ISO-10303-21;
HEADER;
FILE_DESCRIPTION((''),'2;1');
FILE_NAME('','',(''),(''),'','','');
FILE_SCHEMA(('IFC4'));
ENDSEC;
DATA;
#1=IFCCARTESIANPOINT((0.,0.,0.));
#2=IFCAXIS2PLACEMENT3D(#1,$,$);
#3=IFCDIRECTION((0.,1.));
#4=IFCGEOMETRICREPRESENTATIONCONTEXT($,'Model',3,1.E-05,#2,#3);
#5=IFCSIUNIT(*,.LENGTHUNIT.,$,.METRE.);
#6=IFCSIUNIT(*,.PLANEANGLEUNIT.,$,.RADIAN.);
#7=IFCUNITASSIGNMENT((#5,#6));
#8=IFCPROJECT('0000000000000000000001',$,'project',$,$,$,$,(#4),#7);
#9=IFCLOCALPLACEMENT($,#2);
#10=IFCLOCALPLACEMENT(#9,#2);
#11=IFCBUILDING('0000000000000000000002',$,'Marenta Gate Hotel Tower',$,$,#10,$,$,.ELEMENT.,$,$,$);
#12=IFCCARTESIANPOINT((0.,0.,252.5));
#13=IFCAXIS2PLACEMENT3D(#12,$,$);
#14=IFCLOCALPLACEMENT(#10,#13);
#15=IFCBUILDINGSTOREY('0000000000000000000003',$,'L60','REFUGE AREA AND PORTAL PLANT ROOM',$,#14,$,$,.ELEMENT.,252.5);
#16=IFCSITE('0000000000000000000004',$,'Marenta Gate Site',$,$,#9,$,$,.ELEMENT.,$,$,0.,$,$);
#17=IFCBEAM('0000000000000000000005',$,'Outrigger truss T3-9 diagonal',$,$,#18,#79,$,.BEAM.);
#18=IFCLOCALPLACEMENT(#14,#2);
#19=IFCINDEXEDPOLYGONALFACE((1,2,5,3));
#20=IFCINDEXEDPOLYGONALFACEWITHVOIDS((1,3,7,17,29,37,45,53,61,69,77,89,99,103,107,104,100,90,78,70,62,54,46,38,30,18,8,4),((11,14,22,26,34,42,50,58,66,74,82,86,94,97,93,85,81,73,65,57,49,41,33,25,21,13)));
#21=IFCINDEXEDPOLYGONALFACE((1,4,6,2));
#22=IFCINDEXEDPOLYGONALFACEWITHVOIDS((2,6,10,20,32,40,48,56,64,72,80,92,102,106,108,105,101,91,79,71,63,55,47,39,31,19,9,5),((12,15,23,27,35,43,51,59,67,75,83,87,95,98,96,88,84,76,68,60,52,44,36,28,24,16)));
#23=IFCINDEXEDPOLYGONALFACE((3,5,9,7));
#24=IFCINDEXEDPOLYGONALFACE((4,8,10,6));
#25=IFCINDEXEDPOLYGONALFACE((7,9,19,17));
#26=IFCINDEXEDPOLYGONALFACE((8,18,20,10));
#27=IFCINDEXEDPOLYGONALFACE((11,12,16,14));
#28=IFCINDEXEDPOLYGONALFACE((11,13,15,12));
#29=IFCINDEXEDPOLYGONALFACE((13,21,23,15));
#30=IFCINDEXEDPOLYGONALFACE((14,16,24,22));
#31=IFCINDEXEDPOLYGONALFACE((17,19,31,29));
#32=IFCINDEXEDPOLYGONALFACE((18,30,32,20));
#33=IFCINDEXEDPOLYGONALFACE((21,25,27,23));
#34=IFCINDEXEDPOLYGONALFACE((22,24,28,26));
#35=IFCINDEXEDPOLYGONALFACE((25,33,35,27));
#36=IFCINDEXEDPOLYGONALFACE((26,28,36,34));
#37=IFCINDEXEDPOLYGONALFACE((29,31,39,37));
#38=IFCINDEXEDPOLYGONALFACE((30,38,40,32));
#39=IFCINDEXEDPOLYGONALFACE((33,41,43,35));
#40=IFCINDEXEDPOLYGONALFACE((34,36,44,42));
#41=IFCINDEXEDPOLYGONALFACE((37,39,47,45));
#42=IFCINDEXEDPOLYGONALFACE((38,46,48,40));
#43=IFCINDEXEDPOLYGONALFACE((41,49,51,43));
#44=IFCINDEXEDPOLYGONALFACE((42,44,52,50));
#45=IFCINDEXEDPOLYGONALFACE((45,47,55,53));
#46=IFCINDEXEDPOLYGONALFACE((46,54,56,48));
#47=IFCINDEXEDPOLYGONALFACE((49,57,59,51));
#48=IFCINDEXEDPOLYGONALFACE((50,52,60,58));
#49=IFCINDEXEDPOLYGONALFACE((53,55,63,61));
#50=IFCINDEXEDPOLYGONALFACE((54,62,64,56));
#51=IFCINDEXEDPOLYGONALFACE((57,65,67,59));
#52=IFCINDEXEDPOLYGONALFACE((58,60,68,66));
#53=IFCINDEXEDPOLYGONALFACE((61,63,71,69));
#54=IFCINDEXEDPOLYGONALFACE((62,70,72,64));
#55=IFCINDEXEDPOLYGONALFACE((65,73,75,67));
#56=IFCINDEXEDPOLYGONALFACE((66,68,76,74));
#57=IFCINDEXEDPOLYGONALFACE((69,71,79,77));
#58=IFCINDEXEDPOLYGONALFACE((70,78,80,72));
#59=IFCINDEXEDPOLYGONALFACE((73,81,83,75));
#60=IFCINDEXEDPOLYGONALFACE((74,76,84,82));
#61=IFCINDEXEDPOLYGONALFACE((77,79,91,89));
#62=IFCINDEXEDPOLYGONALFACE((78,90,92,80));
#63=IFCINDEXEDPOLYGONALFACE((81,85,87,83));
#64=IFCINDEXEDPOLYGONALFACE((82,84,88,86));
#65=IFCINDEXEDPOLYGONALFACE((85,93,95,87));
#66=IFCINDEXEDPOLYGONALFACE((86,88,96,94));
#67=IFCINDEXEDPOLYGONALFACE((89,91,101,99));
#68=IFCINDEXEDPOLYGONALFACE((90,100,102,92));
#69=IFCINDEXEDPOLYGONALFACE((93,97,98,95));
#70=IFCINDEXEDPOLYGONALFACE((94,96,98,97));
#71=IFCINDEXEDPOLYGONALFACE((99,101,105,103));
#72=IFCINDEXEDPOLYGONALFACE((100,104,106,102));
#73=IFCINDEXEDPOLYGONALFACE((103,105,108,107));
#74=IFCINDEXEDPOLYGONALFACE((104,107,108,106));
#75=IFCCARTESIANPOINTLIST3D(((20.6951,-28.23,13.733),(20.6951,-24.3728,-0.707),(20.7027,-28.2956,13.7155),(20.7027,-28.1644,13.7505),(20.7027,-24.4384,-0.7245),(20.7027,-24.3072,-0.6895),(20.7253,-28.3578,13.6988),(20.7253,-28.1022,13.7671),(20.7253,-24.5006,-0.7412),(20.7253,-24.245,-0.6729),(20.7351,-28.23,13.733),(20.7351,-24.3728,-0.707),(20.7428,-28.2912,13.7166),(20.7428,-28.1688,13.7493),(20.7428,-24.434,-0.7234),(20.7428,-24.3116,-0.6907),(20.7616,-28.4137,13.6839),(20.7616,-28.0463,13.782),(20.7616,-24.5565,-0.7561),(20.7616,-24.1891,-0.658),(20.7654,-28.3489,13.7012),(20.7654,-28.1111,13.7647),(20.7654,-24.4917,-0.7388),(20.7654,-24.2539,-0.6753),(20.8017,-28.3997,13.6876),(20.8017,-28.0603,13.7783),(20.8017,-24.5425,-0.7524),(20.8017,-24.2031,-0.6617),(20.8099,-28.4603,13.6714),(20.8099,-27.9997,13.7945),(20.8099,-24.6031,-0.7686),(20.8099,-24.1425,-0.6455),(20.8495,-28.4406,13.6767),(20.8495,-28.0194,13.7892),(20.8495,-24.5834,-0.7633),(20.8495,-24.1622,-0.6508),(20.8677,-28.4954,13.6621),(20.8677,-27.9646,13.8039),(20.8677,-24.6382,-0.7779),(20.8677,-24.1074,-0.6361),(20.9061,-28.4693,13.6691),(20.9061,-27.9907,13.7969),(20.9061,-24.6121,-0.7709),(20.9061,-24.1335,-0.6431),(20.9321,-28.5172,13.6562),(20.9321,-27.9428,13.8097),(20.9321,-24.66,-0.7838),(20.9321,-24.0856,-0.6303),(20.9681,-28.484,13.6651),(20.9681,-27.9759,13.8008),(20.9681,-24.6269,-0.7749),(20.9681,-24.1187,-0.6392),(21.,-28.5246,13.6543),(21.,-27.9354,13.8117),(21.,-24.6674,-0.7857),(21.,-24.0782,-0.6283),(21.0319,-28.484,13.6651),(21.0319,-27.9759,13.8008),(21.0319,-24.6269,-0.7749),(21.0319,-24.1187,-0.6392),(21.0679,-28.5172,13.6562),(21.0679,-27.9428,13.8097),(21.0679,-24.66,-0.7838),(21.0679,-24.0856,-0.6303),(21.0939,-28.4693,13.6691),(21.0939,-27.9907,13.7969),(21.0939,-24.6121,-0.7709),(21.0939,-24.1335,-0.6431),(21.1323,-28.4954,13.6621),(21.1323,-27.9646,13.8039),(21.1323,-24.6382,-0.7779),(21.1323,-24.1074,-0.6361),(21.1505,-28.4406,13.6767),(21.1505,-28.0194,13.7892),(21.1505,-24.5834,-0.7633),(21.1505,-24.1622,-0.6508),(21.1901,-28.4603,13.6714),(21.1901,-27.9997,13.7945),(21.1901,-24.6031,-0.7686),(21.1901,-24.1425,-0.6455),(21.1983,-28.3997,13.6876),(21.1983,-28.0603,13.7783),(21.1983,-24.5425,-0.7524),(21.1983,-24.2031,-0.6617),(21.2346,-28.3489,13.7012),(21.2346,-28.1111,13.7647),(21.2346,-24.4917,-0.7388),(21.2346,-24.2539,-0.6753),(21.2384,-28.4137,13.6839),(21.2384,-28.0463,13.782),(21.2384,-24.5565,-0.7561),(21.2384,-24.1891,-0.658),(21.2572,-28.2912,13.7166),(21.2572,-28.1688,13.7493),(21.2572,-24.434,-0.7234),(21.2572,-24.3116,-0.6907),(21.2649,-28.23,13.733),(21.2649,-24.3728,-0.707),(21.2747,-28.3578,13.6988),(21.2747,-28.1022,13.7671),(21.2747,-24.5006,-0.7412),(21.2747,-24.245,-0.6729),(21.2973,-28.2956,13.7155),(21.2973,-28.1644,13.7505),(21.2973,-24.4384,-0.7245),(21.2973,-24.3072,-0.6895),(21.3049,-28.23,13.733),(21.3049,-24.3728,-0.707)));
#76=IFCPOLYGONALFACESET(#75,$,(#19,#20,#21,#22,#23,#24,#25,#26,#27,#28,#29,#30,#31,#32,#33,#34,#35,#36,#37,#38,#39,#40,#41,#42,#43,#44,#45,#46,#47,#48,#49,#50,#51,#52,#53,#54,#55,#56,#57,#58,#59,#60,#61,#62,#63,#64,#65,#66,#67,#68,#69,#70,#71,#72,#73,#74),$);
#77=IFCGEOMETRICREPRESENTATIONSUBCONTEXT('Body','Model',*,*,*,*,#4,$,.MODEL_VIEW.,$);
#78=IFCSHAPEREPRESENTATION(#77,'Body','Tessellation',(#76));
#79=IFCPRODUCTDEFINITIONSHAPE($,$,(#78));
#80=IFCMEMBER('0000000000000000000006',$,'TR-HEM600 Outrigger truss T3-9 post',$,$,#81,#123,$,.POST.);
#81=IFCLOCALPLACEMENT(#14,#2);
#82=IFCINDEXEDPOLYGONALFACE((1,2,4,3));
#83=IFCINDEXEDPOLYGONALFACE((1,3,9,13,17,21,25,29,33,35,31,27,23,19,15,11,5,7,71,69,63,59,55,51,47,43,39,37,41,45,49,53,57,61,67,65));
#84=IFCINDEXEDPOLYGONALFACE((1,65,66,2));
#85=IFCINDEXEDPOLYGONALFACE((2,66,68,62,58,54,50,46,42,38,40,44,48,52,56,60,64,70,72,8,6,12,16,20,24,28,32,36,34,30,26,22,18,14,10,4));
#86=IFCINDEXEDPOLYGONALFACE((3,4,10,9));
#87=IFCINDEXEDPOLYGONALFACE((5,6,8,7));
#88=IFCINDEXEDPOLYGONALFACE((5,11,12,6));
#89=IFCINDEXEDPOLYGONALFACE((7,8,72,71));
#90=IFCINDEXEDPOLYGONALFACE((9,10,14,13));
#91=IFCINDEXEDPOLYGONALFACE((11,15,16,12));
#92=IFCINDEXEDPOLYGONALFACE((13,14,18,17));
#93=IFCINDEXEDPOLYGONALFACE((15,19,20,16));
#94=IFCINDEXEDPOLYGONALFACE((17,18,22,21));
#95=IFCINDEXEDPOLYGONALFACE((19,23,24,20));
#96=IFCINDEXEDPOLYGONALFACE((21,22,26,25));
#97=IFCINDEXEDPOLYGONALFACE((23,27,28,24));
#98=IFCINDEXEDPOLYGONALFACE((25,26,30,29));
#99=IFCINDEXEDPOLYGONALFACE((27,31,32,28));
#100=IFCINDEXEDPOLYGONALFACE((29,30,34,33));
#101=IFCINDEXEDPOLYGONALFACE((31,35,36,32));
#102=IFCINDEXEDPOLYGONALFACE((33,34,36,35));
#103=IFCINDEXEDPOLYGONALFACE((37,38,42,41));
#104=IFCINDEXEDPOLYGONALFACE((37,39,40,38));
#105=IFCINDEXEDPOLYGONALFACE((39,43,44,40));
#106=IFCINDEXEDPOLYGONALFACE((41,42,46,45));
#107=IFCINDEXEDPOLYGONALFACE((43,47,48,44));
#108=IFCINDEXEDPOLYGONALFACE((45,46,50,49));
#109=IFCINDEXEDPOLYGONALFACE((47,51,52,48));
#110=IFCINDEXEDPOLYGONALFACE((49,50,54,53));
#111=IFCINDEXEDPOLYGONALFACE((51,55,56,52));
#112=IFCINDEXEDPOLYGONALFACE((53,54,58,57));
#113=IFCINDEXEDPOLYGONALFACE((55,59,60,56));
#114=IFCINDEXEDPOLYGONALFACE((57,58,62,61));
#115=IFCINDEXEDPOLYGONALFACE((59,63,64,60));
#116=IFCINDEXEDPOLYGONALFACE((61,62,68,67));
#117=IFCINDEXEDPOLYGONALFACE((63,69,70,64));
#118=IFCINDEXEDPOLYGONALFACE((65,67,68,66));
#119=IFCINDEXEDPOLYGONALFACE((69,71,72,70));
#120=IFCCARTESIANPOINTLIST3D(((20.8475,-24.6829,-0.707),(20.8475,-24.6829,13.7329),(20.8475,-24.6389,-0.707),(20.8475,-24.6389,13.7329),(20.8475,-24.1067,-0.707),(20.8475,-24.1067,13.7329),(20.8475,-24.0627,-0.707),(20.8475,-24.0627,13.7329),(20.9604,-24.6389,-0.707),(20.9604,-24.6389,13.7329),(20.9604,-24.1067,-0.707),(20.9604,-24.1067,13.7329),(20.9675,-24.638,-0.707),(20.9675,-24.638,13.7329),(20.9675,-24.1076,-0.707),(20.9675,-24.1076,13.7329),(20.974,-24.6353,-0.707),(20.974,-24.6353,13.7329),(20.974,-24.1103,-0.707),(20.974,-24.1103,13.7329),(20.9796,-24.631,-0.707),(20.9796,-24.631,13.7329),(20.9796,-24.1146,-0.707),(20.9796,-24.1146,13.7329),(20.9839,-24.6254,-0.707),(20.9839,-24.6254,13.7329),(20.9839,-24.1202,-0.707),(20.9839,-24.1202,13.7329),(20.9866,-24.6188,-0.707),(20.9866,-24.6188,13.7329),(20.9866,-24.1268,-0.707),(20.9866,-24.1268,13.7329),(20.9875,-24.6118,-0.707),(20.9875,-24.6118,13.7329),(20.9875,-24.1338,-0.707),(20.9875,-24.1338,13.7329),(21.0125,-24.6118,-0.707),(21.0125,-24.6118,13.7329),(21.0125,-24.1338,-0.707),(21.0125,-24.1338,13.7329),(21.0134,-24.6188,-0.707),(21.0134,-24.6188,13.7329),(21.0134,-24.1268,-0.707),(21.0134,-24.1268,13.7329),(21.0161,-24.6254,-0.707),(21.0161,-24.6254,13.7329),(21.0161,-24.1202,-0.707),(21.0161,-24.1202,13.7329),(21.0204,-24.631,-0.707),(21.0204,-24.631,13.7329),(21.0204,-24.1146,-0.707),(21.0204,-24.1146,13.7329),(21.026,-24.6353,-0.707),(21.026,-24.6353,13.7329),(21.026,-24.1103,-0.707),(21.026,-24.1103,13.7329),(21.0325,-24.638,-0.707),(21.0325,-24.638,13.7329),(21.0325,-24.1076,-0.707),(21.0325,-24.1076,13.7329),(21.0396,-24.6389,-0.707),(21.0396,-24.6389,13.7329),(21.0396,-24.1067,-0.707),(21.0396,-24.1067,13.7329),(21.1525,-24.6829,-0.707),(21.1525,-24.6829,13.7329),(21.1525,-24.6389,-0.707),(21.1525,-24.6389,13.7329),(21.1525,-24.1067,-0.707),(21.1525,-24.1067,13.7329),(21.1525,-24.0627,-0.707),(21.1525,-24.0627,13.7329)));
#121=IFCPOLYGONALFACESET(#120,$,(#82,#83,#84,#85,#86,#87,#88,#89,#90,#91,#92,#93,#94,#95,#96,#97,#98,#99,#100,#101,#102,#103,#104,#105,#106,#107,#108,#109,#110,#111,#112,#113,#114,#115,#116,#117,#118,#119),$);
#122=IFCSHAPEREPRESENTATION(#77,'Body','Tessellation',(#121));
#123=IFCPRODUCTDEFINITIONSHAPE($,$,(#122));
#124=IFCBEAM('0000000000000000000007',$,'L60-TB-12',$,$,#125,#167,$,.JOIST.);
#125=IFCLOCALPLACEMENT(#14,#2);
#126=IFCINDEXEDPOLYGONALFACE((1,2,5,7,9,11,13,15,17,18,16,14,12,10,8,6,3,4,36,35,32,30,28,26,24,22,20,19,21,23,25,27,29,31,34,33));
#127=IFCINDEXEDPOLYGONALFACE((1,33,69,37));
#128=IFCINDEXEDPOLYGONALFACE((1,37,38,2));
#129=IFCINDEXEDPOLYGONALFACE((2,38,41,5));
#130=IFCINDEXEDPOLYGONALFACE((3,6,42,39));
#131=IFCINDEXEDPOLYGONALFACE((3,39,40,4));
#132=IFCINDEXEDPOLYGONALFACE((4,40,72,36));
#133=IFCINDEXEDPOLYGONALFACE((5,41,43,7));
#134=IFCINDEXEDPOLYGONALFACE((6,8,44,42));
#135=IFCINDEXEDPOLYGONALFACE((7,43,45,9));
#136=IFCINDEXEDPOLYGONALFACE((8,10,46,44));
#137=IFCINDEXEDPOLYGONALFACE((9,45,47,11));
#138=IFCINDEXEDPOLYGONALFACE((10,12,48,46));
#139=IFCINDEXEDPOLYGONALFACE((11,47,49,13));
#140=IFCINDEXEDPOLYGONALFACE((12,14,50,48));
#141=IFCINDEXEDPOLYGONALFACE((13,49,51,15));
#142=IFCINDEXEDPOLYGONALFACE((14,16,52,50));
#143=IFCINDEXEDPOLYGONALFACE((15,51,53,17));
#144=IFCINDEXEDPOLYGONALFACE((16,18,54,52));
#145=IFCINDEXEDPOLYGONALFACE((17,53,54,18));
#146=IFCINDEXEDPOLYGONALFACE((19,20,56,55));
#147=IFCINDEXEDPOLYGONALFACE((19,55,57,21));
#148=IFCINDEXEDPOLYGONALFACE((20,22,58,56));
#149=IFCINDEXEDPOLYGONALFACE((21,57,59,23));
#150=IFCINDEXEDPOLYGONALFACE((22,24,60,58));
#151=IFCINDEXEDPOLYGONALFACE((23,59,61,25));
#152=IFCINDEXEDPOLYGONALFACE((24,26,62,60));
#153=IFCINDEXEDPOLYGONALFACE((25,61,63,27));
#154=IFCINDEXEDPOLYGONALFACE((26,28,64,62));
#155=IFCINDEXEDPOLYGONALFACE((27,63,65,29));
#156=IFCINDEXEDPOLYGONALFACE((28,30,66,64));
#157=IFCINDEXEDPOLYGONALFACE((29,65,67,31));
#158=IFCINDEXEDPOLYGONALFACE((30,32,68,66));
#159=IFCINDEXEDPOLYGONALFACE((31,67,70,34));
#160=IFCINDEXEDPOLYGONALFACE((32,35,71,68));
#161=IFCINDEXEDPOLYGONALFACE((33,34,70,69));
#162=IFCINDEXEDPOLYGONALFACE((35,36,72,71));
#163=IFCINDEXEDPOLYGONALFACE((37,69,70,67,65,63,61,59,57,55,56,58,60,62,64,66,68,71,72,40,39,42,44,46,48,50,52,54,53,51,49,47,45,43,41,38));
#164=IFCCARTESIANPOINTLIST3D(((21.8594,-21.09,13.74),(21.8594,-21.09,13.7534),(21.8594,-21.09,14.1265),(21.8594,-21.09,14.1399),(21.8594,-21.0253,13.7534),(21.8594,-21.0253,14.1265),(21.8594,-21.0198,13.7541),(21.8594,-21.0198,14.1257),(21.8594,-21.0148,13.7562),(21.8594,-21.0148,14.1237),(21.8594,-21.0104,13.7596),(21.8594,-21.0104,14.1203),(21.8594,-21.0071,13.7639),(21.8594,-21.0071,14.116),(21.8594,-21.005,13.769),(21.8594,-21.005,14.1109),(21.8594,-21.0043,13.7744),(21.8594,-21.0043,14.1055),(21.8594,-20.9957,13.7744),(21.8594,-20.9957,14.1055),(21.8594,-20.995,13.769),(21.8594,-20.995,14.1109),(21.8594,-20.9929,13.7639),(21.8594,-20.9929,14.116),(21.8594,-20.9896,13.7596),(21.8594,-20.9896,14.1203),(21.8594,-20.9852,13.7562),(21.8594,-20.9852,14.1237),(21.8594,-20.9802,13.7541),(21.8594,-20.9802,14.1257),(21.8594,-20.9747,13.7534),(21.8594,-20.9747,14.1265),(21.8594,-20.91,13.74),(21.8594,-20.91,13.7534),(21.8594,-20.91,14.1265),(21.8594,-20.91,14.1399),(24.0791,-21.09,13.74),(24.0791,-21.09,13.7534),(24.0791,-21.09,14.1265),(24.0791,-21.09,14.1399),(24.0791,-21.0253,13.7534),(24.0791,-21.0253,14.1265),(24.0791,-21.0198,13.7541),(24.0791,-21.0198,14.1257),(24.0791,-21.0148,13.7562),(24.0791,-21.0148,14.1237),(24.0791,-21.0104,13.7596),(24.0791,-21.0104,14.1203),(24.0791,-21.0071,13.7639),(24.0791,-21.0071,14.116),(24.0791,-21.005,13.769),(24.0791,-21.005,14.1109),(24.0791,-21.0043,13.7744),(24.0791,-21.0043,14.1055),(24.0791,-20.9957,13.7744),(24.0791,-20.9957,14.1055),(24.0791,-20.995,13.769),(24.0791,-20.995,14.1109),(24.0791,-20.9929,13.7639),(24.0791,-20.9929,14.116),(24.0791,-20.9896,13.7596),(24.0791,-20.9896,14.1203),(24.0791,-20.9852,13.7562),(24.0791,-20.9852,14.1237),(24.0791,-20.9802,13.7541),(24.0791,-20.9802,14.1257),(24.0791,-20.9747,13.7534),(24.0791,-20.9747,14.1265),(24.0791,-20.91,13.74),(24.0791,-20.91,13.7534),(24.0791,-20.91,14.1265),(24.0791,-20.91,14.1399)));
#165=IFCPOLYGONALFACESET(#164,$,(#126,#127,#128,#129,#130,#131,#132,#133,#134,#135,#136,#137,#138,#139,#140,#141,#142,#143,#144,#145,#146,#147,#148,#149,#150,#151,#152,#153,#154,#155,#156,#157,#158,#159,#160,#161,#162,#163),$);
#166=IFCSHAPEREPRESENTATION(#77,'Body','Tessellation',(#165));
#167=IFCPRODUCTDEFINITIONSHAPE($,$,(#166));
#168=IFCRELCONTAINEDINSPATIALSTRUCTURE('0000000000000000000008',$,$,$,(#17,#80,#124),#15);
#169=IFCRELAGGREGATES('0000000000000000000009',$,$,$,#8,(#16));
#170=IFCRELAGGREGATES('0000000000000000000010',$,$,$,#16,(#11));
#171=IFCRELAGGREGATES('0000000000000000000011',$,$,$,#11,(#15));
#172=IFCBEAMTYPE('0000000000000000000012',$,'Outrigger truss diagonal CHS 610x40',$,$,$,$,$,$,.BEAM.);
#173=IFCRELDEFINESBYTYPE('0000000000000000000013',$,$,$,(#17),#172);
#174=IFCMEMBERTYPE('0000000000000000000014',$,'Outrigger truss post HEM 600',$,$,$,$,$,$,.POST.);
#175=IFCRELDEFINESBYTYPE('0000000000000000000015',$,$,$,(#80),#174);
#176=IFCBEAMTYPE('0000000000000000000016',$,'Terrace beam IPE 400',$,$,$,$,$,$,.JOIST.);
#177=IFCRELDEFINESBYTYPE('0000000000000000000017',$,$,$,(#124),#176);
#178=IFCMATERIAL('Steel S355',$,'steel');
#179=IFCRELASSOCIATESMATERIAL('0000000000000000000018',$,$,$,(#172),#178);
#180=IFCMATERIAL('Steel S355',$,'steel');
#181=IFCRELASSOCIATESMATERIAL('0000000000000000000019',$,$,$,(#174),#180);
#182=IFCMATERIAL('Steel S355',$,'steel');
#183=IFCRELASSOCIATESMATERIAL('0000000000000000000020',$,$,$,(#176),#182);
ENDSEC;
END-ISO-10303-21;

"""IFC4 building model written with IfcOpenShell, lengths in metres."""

from ifc_helpers import new_model, si_unit, direction, frame, origin, origin_2d, place, context, subcontext, project, spatial, hollow_circle, i_section, extrude, material, material_profile, profile_set, type_object, element, save


model = new_model("IFC4")

# Units and contexts
model_context = context("Model", 3, precision=1e-05, world=origin(), true_north=direction((0.0, 1.0)))
body_context = subcontext(model_context, "Body", "Model", "MODEL_VIEW")
ifc_project = project(units=[si_unit("LENGTHUNIT", "METRE"), si_unit("PLANEANGLEUNIT", "RADIAN")], contexts=[model_context])

# Site, building, storey
site_placement = place(None, origin())
site = spatial("IfcSite", under=ifc_project, at=site_placement, Name="Marenta Gate Site", CompositionType="ELEMENT", RefElevation=0.0)
building_placement = place(site_placement, origin())
building = spatial("IfcBuilding", under=site, at=building_placement, Name="Marenta Gate Hotel Tower", CompositionType="ELEMENT")
storey_placement = place(building_placement, frame((0.0, 0.0, 252.5)))
storey = spatial("IfcBuildingStorey", under=building, at=storey_placement, Name="L60", Description="REFUGE AREA AND PORTAL PLANT ROOM", CompositionType="ELEMENT", Elevation=252.5)

# Beam
ifc_material_1 = material(Name="Steel S355", Category="steel")
ifc_material_profile_1 = material_profile(ifc_material_1, hollow_circle(Radius=0.3049, WallThickness=0.04, at=origin_2d()), Name="CHS 610x40")
ifc_profile_set_1 = profile_set([ifc_material_profile_1], Name="Steel S355")
beam_type_1 = type_object("IfcBeamType", Name="Outrigger truss diagonal CHS 610x40", PredefinedType="BEAM", material=ifc_profile_set_1)
beam_1_placement = place(storey_placement, frame((21.0, -24.3728, -0.707), z_axis=(0.0, -0.25807, 0.966126), x_axis=(1.0, 0.0, 0.0)))
element("IfcBeam", 1, at=beam_1_placement, inside=storey, type_object=beam_type_1, Name="Outrigger truss T3-9 diagonal", PredefinedType="BEAM", context=body_context, shape_type="SweptSolid", body=[
    extrude(hollow_circle(Radius=0.3049, WallThickness=0.04, at=origin_2d()), origin(), (0.0, 0.0, 1.0), 14.9463),
])

# Member
ifc_material_2 = material(Name="Steel S355", Category="steel")
ifc_material_profile_2 = material_profile(ifc_material_2, i_section(OverallWidth=0.3049, OverallDepth=0.6201, WebThickness=0.0249, FlangeThickness=0.0439, FilletRadius=0.0271, at=origin_2d()), Name="HEM 600")
ifc_profile_set_2 = profile_set([ifc_material_profile_2], Name="Steel S355")
member_type_1 = type_object("IfcMemberType", Name="Outrigger truss post HEM 600", PredefinedType="POST", material=ifc_profile_set_2)
member_1_placement = place(storey_placement, frame((21.0, -24.3728, -0.707), z_axis=(0.0, 0.0, 1.0), x_axis=(1.0, 0.0, 0.0)))
element("IfcMember", 2, at=member_1_placement, inside=storey, type_object=member_type_1, Name="TR-HEM600 Outrigger truss T3-9 post", PredefinedType="POST", context=body_context, shape_type="SweptSolid", body=[
    extrude(i_section(OverallWidth=0.3049, OverallDepth=0.6201, WebThickness=0.0249, FlangeThickness=0.0439, FilletRadius=0.0271, at=origin_2d()), origin(), (0.0, 0.0, 1.0), 14.4399),
])

# Beam
ifc_material_3 = material(Name="Steel S355", Category="steel")
ifc_material_profile_3 = material_profile(ifc_material_3, i_section(OverallWidth=0.1799, OverallDepth=0.3999, WebThickness=0.0085, FlangeThickness=0.0134, FilletRadius=0.021, at=origin_2d()), Name="IPE 400")
ifc_profile_set_3 = profile_set([ifc_material_profile_3], Name="Steel S355")
beam_type_2 = type_object("IfcBeamType", Name="Terrace beam IPE 400", PredefinedType="JOIST", material=ifc_profile_set_3)
beam_2_placement = place(storey_placement, frame((21.8594, -21.0, 13.9399), z_axis=(1.0, 0.0, 0.0), x_axis=(0.0, 1.0, 0.0)))
element("IfcBeam", 3, at=beam_2_placement, inside=storey, type_object=beam_type_2, Name="L60-TB-12", PredefinedType="JOIST", context=body_context, shape_type="SweptSolid", body=[
    extrude(i_section(OverallWidth=0.1799, OverallDepth=0.3999, WebThickness=0.0085, FlangeThickness=0.0134, FilletRadius=0.021, at=origin_2d()), origin(), (0.0, 0.0, 1.0), 2.2197),
])

save(model, "model.ifc")
